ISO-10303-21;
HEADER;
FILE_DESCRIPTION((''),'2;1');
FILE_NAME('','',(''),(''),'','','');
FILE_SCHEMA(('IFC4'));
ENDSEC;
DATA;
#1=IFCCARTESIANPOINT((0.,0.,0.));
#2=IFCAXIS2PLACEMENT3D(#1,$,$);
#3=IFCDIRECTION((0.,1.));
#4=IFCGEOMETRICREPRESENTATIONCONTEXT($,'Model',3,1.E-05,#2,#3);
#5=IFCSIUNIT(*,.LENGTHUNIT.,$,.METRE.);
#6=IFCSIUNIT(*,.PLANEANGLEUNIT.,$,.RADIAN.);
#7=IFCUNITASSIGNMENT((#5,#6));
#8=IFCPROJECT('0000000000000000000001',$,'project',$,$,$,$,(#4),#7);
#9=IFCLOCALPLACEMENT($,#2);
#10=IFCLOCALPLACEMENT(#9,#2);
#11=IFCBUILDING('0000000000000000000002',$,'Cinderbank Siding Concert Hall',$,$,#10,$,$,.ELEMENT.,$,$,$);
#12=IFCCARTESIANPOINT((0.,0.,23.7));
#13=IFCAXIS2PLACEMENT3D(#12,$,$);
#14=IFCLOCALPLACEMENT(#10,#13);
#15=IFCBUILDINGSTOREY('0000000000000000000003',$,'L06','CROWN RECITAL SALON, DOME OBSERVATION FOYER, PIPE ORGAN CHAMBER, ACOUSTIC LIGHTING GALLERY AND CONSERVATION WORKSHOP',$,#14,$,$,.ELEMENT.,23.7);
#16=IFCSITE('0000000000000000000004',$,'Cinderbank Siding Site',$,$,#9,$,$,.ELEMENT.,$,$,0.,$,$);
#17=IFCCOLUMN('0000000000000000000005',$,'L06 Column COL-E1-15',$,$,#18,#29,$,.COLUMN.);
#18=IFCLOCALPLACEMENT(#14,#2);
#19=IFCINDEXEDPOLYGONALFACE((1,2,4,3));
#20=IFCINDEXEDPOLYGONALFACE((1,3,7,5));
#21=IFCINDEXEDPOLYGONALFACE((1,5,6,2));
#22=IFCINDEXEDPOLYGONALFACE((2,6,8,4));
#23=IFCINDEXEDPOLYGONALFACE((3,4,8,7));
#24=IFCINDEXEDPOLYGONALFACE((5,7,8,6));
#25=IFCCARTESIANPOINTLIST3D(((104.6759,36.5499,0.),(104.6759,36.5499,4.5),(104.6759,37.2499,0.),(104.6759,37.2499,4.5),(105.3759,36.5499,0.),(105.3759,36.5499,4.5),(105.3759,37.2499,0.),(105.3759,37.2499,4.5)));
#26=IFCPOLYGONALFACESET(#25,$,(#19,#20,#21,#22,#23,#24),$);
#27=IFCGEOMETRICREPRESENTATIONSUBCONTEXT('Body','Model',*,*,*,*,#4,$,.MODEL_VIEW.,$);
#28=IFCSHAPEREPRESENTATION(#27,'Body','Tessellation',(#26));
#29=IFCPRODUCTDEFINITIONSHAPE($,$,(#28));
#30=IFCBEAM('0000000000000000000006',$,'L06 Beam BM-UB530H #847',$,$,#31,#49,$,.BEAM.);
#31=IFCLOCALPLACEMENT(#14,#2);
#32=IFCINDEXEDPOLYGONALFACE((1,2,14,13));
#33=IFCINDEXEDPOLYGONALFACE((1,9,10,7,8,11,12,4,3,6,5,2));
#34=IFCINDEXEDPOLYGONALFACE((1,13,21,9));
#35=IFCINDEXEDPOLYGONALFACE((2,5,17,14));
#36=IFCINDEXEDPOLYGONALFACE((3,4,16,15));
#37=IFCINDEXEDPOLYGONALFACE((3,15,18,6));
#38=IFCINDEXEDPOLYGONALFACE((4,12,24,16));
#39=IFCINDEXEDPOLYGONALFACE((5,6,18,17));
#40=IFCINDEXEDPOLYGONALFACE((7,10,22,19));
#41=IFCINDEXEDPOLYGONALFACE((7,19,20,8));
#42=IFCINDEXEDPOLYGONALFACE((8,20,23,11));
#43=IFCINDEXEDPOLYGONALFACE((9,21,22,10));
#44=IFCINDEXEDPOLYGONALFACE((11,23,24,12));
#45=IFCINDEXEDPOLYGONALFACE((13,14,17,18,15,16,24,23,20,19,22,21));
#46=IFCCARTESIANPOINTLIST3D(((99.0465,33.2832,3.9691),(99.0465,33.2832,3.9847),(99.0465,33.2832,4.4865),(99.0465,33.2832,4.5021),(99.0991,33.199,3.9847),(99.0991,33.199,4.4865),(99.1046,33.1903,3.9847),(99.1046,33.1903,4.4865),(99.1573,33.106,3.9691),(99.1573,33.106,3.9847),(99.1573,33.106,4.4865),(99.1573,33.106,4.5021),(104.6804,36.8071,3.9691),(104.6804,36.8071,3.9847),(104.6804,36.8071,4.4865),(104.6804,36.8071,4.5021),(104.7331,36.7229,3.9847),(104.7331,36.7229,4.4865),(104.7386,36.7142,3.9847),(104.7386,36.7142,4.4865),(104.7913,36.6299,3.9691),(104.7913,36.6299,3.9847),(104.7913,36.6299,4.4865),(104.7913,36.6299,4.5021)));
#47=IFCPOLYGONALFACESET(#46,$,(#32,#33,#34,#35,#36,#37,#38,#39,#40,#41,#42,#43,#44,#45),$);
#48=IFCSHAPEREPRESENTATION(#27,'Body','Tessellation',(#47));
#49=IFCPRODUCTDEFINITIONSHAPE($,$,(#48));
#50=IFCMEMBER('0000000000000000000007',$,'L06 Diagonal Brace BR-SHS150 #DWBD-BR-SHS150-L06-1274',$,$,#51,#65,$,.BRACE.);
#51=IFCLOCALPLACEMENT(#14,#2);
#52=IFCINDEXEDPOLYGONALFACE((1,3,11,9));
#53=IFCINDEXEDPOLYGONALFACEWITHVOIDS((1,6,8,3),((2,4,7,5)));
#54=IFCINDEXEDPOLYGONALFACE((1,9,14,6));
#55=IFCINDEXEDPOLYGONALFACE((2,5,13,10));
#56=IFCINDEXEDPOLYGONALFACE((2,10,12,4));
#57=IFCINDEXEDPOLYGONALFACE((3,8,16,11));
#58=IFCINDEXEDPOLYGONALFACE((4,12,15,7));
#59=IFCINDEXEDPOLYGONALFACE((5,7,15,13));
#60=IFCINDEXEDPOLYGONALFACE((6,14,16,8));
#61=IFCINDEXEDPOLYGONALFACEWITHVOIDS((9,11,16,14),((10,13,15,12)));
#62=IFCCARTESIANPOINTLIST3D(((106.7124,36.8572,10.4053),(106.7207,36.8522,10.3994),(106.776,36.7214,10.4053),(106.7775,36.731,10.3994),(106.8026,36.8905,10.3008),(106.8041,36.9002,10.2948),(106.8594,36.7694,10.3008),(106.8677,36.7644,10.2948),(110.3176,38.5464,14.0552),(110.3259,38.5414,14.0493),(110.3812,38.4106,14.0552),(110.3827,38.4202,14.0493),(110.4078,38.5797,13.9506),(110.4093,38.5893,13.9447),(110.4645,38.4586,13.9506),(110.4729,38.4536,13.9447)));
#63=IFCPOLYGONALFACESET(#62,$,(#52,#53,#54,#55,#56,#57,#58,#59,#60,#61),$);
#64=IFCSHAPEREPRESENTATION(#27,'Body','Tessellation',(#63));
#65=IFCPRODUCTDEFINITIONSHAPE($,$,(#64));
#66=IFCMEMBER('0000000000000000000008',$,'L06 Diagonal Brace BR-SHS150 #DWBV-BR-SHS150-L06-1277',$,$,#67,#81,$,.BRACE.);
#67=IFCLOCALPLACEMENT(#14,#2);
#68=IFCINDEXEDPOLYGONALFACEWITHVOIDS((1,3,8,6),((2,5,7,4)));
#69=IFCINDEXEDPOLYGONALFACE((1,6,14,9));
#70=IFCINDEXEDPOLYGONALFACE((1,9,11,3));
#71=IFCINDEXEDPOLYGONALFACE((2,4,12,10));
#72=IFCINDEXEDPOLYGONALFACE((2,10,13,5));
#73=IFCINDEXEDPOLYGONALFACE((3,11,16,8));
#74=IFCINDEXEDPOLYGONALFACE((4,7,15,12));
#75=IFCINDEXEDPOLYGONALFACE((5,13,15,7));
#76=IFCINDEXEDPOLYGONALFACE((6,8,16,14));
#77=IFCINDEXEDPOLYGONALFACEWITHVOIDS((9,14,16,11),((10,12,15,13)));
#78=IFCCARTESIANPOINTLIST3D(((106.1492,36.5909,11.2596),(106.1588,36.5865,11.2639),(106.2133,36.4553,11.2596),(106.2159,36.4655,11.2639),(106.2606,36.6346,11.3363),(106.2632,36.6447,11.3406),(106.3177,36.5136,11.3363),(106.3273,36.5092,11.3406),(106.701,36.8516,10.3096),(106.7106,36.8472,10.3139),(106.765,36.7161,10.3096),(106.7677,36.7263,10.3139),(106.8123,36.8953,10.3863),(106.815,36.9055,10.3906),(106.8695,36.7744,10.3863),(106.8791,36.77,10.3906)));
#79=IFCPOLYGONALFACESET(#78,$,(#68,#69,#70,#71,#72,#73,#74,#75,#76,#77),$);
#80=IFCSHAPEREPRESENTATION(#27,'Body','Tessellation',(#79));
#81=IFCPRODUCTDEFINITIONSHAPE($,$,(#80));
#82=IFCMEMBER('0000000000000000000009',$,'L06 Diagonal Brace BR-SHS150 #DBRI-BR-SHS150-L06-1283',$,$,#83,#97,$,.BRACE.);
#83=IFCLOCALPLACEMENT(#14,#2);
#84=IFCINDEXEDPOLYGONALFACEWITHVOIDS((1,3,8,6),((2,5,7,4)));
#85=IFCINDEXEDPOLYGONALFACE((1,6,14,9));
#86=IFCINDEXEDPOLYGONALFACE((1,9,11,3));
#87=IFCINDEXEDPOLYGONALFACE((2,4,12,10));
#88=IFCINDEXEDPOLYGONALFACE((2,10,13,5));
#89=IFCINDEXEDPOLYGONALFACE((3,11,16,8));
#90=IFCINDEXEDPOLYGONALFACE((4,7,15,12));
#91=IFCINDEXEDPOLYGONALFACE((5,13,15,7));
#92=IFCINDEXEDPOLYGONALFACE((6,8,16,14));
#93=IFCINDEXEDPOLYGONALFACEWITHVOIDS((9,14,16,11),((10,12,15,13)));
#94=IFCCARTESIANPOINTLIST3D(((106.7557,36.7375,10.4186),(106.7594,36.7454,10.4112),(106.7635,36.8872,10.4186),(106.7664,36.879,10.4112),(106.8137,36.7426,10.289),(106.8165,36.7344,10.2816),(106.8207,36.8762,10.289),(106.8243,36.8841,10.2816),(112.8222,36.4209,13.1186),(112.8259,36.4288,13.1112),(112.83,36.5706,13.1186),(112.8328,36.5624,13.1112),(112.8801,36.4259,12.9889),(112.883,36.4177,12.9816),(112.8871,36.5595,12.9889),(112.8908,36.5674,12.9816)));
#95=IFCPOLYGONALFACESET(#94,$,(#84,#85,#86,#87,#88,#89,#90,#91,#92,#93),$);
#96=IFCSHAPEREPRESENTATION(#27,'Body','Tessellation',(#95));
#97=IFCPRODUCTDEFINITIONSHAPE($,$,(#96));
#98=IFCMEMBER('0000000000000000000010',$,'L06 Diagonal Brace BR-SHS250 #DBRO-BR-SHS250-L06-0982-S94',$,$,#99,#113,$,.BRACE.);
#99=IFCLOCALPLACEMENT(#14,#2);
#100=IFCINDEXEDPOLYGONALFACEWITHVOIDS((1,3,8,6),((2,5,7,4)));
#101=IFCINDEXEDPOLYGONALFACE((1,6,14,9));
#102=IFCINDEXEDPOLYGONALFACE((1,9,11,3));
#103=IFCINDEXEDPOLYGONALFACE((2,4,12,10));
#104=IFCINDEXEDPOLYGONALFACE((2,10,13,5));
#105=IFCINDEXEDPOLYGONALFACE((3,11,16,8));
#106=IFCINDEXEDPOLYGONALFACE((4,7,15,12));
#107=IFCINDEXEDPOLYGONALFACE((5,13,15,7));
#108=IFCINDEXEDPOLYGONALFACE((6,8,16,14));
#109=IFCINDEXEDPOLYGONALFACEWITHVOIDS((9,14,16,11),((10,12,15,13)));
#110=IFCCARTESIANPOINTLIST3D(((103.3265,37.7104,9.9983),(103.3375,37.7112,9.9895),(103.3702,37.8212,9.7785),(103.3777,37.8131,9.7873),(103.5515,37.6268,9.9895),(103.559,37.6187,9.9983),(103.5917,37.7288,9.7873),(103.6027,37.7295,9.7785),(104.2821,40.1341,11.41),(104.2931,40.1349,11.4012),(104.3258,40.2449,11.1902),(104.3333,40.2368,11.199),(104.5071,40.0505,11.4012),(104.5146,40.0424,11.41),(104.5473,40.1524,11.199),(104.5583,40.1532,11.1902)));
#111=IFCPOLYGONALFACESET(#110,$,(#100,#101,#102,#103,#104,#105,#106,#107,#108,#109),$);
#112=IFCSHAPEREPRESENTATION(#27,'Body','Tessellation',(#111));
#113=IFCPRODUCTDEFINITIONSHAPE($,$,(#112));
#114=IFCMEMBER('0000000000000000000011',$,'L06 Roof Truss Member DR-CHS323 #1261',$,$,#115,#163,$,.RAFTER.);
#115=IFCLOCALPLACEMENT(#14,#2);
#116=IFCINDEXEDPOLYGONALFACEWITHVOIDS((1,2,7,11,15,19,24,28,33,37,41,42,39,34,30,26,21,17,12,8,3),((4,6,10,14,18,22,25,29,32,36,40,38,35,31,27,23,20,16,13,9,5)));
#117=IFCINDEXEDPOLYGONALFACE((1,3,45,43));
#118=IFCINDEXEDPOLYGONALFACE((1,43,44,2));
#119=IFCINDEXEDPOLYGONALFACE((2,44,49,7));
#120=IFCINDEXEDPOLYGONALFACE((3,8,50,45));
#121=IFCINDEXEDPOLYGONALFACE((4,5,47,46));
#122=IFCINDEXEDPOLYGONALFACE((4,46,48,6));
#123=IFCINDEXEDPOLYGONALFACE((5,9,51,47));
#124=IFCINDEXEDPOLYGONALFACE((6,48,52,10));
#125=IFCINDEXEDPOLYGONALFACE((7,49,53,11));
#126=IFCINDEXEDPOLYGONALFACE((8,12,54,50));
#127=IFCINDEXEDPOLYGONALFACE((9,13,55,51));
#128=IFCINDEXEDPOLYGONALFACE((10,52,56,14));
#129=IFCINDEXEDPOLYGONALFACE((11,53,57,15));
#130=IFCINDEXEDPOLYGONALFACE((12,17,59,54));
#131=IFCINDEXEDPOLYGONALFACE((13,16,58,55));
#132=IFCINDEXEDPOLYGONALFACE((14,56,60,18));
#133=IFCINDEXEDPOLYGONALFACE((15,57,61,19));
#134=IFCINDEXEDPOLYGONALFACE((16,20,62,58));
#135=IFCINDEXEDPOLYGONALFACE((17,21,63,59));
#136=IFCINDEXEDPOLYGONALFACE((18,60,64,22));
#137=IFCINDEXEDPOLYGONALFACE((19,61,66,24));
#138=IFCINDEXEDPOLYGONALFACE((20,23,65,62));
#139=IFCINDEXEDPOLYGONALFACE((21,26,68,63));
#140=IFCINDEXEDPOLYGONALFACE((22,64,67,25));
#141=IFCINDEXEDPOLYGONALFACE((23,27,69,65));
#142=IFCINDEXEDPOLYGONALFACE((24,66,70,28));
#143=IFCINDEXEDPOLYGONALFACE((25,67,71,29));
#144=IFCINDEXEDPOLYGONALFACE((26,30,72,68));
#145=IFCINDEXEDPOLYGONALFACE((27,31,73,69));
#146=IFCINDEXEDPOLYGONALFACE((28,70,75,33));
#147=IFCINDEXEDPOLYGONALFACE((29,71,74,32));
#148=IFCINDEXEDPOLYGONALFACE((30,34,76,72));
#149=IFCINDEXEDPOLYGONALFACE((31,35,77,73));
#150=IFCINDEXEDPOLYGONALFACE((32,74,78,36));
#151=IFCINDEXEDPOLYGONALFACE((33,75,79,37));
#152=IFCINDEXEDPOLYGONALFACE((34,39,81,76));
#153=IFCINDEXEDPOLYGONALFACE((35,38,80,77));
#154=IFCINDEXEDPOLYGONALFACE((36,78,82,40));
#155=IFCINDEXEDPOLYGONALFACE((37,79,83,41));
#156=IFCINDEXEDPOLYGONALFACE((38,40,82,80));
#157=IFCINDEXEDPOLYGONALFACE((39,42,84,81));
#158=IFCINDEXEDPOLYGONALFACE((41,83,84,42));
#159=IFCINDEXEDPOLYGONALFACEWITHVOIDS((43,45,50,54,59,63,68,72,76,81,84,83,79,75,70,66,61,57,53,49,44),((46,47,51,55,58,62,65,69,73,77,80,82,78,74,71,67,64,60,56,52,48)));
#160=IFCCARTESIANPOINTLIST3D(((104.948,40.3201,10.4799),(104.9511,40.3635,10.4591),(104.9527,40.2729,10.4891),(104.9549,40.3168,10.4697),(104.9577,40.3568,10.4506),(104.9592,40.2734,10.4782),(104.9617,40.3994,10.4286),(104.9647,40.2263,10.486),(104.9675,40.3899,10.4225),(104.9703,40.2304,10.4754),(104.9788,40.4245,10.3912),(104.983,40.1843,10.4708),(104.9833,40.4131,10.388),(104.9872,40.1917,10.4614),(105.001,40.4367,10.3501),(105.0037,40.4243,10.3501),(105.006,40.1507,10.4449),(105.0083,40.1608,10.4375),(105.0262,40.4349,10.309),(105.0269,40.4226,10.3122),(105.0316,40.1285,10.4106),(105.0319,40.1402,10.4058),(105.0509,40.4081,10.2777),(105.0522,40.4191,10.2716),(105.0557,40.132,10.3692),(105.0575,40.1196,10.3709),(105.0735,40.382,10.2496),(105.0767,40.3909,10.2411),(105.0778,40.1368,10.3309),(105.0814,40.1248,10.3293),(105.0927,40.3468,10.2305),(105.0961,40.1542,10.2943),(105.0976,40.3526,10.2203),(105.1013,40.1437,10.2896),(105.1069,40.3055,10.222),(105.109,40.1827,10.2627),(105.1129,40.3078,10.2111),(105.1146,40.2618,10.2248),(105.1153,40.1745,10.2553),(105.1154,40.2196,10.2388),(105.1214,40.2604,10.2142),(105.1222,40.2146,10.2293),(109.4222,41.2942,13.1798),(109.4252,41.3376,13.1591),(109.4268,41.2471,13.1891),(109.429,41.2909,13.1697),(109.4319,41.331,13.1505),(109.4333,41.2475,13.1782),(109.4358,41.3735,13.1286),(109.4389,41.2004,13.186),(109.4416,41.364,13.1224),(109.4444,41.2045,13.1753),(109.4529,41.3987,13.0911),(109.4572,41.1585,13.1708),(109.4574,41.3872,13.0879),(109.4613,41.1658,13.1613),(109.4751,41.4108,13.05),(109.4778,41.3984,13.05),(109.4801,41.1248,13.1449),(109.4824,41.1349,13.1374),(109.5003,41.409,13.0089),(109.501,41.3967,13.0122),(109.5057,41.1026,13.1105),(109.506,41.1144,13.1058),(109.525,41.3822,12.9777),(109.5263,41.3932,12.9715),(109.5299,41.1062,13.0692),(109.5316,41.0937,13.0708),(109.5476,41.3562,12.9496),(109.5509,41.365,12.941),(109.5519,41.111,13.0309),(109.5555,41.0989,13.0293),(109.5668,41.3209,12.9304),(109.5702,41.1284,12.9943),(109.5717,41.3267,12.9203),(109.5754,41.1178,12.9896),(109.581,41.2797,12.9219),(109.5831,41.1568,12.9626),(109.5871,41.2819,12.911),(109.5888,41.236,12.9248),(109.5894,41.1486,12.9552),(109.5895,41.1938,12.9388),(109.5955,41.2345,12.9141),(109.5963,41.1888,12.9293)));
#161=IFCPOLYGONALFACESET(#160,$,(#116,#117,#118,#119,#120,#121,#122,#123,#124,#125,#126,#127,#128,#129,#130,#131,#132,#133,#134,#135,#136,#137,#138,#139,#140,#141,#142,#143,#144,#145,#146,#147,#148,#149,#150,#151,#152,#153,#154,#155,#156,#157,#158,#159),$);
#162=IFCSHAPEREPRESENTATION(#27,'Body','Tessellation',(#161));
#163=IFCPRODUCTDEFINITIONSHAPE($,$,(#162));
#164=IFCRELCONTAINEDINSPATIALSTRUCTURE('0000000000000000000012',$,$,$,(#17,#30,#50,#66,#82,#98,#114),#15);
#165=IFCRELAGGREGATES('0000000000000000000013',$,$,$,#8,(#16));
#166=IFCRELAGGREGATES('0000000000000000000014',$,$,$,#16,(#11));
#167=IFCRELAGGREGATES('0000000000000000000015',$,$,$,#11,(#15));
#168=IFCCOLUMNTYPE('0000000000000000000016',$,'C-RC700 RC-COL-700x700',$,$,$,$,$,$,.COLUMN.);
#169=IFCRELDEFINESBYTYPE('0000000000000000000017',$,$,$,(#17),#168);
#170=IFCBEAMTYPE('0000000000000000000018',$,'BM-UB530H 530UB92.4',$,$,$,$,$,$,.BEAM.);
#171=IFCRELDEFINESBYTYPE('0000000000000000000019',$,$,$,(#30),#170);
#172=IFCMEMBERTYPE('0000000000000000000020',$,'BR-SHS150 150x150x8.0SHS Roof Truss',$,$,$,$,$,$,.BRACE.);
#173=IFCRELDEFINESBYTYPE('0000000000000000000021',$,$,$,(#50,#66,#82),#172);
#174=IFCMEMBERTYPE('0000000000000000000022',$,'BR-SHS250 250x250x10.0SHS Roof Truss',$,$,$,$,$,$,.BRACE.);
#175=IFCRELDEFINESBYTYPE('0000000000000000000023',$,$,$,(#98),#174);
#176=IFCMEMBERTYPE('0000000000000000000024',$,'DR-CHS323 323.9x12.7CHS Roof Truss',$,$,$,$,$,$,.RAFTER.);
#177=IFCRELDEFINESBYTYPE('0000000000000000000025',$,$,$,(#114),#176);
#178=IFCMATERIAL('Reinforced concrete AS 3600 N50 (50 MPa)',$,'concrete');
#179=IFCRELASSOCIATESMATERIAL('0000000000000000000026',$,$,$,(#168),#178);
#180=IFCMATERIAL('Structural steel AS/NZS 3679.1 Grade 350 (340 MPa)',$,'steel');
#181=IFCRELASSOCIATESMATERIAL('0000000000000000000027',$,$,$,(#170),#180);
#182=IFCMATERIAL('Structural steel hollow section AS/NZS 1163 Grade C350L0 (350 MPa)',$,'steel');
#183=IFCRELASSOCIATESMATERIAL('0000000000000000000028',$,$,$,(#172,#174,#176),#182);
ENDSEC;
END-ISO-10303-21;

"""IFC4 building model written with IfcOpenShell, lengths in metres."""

from ifc_helpers import new_model, si_unit, direction, frame, origin, origin_2d, place, context, subcontext, project, spatial, rectangle, hollow_rectangle, hollow_circle, i_section, extrude, material, material_profile, profile_set, type_object, element, save


model = new_model("IFC4")

# Units and contexts
model_context = context("Model", 3, precision=1e-05, world=origin(), true_north=direction((0.0, 1.0)))
body_context = subcontext(model_context, "Body", "Model", "MODEL_VIEW")
ifc_project = project(units=[si_unit("LENGTHUNIT", "METRE"), si_unit("PLANEANGLEUNIT", "RADIAN")], contexts=[model_context])

# Site, building, storey
site_placement = place(None, origin())
site = spatial("IfcSite", under=ifc_project, at=site_placement, Name="Cinderbank Siding Site", CompositionType="ELEMENT", RefElevation=0.0)
building_placement = place(site_placement, origin())
building = spatial("IfcBuilding", under=site, at=building_placement, Name="Cinderbank Siding Concert Hall", CompositionType="ELEMENT")
storey_placement = place(building_placement, frame((0.0, 0.0, 23.7)))
storey = spatial("IfcBuildingStorey", under=building, at=storey_placement, Name="L06", Description="CROWN RECITAL SALON, DOME OBSERVATION FOYER, PIPE ORGAN CHAMBER, ACOUSTIC LIGHTING GALLERY AND CONSERVATION WORKSHOP", CompositionType="ELEMENT", Elevation=23.7)

# Column
ifc_material_1 = material(Name="Reinforced concrete AS 3600 N50 (50 MPa)", Category="concrete")
ifc_material_profile_1 = material_profile(ifc_material_1, rectangle(XDim=0.7, YDim=0.7, at=origin_2d()), Name="RC-COL-700x700", Category="LoadBearing")
ifc_profile_set_1 = profile_set([ifc_material_profile_1], Name="Reinforced concrete AS 3600 N50 (50 MPa)")
column_type = type_object("IfcColumnType", Name="C-RC700 RC-COL-700x700", PredefinedType="COLUMN", material=ifc_profile_set_1)
column_placement = place(storey_placement, frame((105.0259, 36.8999, 0.0), z_axis=(0.0, 0.0, 1.0), x_axis=(1.0, 0.0, 0.0)))
element("IfcColumn", 1, at=column_placement, inside=storey, type_object=column_type, Name="L06 Column COL-E1-15", PredefinedType="COLUMN", context=body_context, shape_type="SweptSolid", body=[
    extrude(rectangle(XDim=0.7, YDim=0.7, at=origin_2d()), origin(), (0.0, 0.0, 1.0), 4.5),
])

# Beam
ifc_material_2 = material(Name="Structural steel AS/NZS 3679.1 Grade 350 (340 MPa)", Category="steel")
ifc_material_profile_2 = material_profile(ifc_material_2, i_section(OverallWidth=0.209, OverallDepth=0.533, WebThickness=0.0103, FlangeThickness=0.0156, at=origin_2d()), Name="530UB92.4", Category="LoadBearing")
ifc_profile_set_2 = profile_set([ifc_material_profile_2], Name="Structural steel AS/NZS 3679.1 Grade 350 (340 MPa)")
beam_type = type_object("IfcBeamType", Name="BM-UB530H 530UB92.4", PredefinedType="BEAM", material=ifc_profile_set_2)
beam_placement = place(storey_placement, frame((104.7358, 36.7185, 4.2356), z_axis=(-0.847819, -0.530286, 0.0), x_axis=(0.530286, -0.847819, 0.0)))
element("IfcBeam", 2, at=beam_placement, inside=storey, type_object=beam_type, Name="L06 Beam BM-UB530H #847", PredefinedType="BEAM", context=body_context, shape_type="SweptSolid", body=[
    extrude(i_section(OverallWidth=0.209, OverallDepth=0.533, WebThickness=0.0103, FlangeThickness=0.0156, at=origin_2d()), origin(), (0.0, 0.0, 1.0), 6.6453),
])

# Members
ifc_material_3 = material(Name="Structural steel hollow section AS/NZS 1163 Grade C350L0 (350 MPa)", Category="steel")
ifc_material_profile_3 = material_profile(ifc_material_3, hollow_rectangle(XDim=0.1499, YDim=0.1499, WallThickness=0.0081, at=origin_2d()), Name="150x150x8.0SHS", Category="LoadBearing")
ifc_profile_set_3 = profile_set([ifc_material_profile_3], Name="Structural steel hollow section AS/NZS 1163 Grade C350L0 (350 MPa)")
member_type_1 = type_object("IfcMemberType", Name="BR-SHS150 150x150x8.0SHS Roof Truss", PredefinedType="BRACE", material=ifc_profile_set_3)
member_1_placement = place(storey_placement, frame((106.79, 36.8108, 10.3501), z_axis=(0.667487, 0.312748, 0.675759), x_axis=(-0.424281, 0.90553, 0.0)))
element("IfcMember", 3, at=member_1_placement, inside=storey, type_object=member_type_1, Name="L06 Diagonal Brace BR-SHS150 #DWBD-BR-SHS150-L06-1274", PredefinedType="BRACE", context=body_context, shape_type="SweptSolid", body=[
    extrude(hollow_rectangle(XDim=0.1499, YDim=0.1499, WallThickness=0.0081, at=origin_2d()), origin(), (0.0, 0.0, 1.0), 5.4011),
])
member_2_placement = place(storey_placement, frame((106.79, 36.8108, 10.3501), z_axis=(-0.488677, -0.230933, 0.841347), x_axis=(0.427261, -0.904128, 0.0)))
element("IfcMember", 4, at=member_2_placement, inside=storey, type_object=member_type_1, Name="L06 Diagonal Brace BR-SHS150 #DWBV-BR-SHS150-L06-1277", PredefinedType="BRACE", context=body_context, shape_type="SweptSolid", body=[
    extrude(hollow_rectangle(XDim=0.1499, YDim=0.1499, WallThickness=0.0081, at=origin_2d()), origin(), (0.0, 0.0, 1.0), 1.1292),
])
member_3_placement = place(storey_placement, frame((106.79, 36.8108, 10.3501), z_axis=(0.912564, -0.047633, 0.406151), x_axis=(0.052126, 0.99864, 0.0)))
element("IfcMember", 5, at=member_3_placement, inside=storey, type_object=member_type_1, Name="L06 Diagonal Brace BR-SHS150 #DBRI-BR-SHS150-L06-1283", PredefinedType="BRACE", context=body_context, shape_type="SweptSolid", body=[
    extrude(hollow_rectangle(XDim=0.1499, YDim=0.1499, WallThickness=0.0081, at=origin_2d()), origin(), (0.0, 0.0, 1.0), 6.6477),
])
ifc_material_profile_4 = material_profile(ifc_material_3, hollow_rectangle(XDim=0.25, YDim=0.25, WallThickness=0.01, at=origin_2d()), Name="250x250x10.0SHS", Category="LoadBearing")
ifc_profile_set_4 = profile_set([ifc_material_profile_4], Name="Structural steel hollow section AS/NZS 1163 Grade C350L0 (350 MPa)")
member_type_2 = type_object("IfcMemberType", Name="BR-SHS250 250x250x10.0SHS Roof Truss", PredefinedType="BRACE", material=ifc_profile_set_4)
member_4_placement = place(storey_placement, frame((103.4646, 37.72, 9.8884), z_axis=(0.322496, 0.817941, 0.476412), x_axis=(-0.930301, 0.366797, 0.0)))
element("IfcMember", 6, at=member_4_placement, inside=storey, type_object=member_type_2, Name="L06 Diagonal Brace BR-SHS250 #DBRO-BR-SHS250-L06-0982-S94", PredefinedType="BRACE", context=body_context, shape_type="SweptSolid", body=[
    extrude(hollow_rectangle(XDim=0.25, YDim=0.25, WallThickness=0.01, at=origin_2d()), origin(), (0.0, 0.0, 1.0), 2.9631),
])
ifc_material_profile_5 = material_profile(ifc_material_3, hollow_circle(Radius=0.1619, WallThickness=0.0127, at=origin_2d()), Name="323.9x12.7CHS", Category="LoadBearing")
ifc_profile_set_5 = profile_set([ifc_material_profile_5], Name="Structural steel hollow section AS/NZS 1163 Grade C350L0 (350 MPa)")
member_type_3 = type_object("IfcMemberType", Name="DR-CHS323 323.9x12.7CHS Roof Truss", PredefinedType="RAFTER", material=ifc_profile_set_5)
member_5_placement = place(storey_placement, frame((105.0354, 40.2786, 10.3501), z_axis=(0.841684, 0.183254, 0.507922), x_axis=(-0.21274, 0.977109, 0.0)))
element("IfcMember", 7, at=member_5_placement, inside=storey, type_object=member_type_3, Name="L06 Roof Truss Member DR-CHS323 #1261", PredefinedType="RAFTER", context=body_context, shape_type="SweptSolid", body=[
    extrude(hollow_circle(Radius=0.1619, WallThickness=0.0127, at=origin_2d()), origin(), (0.0, 0.0, 1.0), 5.3157),
])

save(model, "model.ifc")
